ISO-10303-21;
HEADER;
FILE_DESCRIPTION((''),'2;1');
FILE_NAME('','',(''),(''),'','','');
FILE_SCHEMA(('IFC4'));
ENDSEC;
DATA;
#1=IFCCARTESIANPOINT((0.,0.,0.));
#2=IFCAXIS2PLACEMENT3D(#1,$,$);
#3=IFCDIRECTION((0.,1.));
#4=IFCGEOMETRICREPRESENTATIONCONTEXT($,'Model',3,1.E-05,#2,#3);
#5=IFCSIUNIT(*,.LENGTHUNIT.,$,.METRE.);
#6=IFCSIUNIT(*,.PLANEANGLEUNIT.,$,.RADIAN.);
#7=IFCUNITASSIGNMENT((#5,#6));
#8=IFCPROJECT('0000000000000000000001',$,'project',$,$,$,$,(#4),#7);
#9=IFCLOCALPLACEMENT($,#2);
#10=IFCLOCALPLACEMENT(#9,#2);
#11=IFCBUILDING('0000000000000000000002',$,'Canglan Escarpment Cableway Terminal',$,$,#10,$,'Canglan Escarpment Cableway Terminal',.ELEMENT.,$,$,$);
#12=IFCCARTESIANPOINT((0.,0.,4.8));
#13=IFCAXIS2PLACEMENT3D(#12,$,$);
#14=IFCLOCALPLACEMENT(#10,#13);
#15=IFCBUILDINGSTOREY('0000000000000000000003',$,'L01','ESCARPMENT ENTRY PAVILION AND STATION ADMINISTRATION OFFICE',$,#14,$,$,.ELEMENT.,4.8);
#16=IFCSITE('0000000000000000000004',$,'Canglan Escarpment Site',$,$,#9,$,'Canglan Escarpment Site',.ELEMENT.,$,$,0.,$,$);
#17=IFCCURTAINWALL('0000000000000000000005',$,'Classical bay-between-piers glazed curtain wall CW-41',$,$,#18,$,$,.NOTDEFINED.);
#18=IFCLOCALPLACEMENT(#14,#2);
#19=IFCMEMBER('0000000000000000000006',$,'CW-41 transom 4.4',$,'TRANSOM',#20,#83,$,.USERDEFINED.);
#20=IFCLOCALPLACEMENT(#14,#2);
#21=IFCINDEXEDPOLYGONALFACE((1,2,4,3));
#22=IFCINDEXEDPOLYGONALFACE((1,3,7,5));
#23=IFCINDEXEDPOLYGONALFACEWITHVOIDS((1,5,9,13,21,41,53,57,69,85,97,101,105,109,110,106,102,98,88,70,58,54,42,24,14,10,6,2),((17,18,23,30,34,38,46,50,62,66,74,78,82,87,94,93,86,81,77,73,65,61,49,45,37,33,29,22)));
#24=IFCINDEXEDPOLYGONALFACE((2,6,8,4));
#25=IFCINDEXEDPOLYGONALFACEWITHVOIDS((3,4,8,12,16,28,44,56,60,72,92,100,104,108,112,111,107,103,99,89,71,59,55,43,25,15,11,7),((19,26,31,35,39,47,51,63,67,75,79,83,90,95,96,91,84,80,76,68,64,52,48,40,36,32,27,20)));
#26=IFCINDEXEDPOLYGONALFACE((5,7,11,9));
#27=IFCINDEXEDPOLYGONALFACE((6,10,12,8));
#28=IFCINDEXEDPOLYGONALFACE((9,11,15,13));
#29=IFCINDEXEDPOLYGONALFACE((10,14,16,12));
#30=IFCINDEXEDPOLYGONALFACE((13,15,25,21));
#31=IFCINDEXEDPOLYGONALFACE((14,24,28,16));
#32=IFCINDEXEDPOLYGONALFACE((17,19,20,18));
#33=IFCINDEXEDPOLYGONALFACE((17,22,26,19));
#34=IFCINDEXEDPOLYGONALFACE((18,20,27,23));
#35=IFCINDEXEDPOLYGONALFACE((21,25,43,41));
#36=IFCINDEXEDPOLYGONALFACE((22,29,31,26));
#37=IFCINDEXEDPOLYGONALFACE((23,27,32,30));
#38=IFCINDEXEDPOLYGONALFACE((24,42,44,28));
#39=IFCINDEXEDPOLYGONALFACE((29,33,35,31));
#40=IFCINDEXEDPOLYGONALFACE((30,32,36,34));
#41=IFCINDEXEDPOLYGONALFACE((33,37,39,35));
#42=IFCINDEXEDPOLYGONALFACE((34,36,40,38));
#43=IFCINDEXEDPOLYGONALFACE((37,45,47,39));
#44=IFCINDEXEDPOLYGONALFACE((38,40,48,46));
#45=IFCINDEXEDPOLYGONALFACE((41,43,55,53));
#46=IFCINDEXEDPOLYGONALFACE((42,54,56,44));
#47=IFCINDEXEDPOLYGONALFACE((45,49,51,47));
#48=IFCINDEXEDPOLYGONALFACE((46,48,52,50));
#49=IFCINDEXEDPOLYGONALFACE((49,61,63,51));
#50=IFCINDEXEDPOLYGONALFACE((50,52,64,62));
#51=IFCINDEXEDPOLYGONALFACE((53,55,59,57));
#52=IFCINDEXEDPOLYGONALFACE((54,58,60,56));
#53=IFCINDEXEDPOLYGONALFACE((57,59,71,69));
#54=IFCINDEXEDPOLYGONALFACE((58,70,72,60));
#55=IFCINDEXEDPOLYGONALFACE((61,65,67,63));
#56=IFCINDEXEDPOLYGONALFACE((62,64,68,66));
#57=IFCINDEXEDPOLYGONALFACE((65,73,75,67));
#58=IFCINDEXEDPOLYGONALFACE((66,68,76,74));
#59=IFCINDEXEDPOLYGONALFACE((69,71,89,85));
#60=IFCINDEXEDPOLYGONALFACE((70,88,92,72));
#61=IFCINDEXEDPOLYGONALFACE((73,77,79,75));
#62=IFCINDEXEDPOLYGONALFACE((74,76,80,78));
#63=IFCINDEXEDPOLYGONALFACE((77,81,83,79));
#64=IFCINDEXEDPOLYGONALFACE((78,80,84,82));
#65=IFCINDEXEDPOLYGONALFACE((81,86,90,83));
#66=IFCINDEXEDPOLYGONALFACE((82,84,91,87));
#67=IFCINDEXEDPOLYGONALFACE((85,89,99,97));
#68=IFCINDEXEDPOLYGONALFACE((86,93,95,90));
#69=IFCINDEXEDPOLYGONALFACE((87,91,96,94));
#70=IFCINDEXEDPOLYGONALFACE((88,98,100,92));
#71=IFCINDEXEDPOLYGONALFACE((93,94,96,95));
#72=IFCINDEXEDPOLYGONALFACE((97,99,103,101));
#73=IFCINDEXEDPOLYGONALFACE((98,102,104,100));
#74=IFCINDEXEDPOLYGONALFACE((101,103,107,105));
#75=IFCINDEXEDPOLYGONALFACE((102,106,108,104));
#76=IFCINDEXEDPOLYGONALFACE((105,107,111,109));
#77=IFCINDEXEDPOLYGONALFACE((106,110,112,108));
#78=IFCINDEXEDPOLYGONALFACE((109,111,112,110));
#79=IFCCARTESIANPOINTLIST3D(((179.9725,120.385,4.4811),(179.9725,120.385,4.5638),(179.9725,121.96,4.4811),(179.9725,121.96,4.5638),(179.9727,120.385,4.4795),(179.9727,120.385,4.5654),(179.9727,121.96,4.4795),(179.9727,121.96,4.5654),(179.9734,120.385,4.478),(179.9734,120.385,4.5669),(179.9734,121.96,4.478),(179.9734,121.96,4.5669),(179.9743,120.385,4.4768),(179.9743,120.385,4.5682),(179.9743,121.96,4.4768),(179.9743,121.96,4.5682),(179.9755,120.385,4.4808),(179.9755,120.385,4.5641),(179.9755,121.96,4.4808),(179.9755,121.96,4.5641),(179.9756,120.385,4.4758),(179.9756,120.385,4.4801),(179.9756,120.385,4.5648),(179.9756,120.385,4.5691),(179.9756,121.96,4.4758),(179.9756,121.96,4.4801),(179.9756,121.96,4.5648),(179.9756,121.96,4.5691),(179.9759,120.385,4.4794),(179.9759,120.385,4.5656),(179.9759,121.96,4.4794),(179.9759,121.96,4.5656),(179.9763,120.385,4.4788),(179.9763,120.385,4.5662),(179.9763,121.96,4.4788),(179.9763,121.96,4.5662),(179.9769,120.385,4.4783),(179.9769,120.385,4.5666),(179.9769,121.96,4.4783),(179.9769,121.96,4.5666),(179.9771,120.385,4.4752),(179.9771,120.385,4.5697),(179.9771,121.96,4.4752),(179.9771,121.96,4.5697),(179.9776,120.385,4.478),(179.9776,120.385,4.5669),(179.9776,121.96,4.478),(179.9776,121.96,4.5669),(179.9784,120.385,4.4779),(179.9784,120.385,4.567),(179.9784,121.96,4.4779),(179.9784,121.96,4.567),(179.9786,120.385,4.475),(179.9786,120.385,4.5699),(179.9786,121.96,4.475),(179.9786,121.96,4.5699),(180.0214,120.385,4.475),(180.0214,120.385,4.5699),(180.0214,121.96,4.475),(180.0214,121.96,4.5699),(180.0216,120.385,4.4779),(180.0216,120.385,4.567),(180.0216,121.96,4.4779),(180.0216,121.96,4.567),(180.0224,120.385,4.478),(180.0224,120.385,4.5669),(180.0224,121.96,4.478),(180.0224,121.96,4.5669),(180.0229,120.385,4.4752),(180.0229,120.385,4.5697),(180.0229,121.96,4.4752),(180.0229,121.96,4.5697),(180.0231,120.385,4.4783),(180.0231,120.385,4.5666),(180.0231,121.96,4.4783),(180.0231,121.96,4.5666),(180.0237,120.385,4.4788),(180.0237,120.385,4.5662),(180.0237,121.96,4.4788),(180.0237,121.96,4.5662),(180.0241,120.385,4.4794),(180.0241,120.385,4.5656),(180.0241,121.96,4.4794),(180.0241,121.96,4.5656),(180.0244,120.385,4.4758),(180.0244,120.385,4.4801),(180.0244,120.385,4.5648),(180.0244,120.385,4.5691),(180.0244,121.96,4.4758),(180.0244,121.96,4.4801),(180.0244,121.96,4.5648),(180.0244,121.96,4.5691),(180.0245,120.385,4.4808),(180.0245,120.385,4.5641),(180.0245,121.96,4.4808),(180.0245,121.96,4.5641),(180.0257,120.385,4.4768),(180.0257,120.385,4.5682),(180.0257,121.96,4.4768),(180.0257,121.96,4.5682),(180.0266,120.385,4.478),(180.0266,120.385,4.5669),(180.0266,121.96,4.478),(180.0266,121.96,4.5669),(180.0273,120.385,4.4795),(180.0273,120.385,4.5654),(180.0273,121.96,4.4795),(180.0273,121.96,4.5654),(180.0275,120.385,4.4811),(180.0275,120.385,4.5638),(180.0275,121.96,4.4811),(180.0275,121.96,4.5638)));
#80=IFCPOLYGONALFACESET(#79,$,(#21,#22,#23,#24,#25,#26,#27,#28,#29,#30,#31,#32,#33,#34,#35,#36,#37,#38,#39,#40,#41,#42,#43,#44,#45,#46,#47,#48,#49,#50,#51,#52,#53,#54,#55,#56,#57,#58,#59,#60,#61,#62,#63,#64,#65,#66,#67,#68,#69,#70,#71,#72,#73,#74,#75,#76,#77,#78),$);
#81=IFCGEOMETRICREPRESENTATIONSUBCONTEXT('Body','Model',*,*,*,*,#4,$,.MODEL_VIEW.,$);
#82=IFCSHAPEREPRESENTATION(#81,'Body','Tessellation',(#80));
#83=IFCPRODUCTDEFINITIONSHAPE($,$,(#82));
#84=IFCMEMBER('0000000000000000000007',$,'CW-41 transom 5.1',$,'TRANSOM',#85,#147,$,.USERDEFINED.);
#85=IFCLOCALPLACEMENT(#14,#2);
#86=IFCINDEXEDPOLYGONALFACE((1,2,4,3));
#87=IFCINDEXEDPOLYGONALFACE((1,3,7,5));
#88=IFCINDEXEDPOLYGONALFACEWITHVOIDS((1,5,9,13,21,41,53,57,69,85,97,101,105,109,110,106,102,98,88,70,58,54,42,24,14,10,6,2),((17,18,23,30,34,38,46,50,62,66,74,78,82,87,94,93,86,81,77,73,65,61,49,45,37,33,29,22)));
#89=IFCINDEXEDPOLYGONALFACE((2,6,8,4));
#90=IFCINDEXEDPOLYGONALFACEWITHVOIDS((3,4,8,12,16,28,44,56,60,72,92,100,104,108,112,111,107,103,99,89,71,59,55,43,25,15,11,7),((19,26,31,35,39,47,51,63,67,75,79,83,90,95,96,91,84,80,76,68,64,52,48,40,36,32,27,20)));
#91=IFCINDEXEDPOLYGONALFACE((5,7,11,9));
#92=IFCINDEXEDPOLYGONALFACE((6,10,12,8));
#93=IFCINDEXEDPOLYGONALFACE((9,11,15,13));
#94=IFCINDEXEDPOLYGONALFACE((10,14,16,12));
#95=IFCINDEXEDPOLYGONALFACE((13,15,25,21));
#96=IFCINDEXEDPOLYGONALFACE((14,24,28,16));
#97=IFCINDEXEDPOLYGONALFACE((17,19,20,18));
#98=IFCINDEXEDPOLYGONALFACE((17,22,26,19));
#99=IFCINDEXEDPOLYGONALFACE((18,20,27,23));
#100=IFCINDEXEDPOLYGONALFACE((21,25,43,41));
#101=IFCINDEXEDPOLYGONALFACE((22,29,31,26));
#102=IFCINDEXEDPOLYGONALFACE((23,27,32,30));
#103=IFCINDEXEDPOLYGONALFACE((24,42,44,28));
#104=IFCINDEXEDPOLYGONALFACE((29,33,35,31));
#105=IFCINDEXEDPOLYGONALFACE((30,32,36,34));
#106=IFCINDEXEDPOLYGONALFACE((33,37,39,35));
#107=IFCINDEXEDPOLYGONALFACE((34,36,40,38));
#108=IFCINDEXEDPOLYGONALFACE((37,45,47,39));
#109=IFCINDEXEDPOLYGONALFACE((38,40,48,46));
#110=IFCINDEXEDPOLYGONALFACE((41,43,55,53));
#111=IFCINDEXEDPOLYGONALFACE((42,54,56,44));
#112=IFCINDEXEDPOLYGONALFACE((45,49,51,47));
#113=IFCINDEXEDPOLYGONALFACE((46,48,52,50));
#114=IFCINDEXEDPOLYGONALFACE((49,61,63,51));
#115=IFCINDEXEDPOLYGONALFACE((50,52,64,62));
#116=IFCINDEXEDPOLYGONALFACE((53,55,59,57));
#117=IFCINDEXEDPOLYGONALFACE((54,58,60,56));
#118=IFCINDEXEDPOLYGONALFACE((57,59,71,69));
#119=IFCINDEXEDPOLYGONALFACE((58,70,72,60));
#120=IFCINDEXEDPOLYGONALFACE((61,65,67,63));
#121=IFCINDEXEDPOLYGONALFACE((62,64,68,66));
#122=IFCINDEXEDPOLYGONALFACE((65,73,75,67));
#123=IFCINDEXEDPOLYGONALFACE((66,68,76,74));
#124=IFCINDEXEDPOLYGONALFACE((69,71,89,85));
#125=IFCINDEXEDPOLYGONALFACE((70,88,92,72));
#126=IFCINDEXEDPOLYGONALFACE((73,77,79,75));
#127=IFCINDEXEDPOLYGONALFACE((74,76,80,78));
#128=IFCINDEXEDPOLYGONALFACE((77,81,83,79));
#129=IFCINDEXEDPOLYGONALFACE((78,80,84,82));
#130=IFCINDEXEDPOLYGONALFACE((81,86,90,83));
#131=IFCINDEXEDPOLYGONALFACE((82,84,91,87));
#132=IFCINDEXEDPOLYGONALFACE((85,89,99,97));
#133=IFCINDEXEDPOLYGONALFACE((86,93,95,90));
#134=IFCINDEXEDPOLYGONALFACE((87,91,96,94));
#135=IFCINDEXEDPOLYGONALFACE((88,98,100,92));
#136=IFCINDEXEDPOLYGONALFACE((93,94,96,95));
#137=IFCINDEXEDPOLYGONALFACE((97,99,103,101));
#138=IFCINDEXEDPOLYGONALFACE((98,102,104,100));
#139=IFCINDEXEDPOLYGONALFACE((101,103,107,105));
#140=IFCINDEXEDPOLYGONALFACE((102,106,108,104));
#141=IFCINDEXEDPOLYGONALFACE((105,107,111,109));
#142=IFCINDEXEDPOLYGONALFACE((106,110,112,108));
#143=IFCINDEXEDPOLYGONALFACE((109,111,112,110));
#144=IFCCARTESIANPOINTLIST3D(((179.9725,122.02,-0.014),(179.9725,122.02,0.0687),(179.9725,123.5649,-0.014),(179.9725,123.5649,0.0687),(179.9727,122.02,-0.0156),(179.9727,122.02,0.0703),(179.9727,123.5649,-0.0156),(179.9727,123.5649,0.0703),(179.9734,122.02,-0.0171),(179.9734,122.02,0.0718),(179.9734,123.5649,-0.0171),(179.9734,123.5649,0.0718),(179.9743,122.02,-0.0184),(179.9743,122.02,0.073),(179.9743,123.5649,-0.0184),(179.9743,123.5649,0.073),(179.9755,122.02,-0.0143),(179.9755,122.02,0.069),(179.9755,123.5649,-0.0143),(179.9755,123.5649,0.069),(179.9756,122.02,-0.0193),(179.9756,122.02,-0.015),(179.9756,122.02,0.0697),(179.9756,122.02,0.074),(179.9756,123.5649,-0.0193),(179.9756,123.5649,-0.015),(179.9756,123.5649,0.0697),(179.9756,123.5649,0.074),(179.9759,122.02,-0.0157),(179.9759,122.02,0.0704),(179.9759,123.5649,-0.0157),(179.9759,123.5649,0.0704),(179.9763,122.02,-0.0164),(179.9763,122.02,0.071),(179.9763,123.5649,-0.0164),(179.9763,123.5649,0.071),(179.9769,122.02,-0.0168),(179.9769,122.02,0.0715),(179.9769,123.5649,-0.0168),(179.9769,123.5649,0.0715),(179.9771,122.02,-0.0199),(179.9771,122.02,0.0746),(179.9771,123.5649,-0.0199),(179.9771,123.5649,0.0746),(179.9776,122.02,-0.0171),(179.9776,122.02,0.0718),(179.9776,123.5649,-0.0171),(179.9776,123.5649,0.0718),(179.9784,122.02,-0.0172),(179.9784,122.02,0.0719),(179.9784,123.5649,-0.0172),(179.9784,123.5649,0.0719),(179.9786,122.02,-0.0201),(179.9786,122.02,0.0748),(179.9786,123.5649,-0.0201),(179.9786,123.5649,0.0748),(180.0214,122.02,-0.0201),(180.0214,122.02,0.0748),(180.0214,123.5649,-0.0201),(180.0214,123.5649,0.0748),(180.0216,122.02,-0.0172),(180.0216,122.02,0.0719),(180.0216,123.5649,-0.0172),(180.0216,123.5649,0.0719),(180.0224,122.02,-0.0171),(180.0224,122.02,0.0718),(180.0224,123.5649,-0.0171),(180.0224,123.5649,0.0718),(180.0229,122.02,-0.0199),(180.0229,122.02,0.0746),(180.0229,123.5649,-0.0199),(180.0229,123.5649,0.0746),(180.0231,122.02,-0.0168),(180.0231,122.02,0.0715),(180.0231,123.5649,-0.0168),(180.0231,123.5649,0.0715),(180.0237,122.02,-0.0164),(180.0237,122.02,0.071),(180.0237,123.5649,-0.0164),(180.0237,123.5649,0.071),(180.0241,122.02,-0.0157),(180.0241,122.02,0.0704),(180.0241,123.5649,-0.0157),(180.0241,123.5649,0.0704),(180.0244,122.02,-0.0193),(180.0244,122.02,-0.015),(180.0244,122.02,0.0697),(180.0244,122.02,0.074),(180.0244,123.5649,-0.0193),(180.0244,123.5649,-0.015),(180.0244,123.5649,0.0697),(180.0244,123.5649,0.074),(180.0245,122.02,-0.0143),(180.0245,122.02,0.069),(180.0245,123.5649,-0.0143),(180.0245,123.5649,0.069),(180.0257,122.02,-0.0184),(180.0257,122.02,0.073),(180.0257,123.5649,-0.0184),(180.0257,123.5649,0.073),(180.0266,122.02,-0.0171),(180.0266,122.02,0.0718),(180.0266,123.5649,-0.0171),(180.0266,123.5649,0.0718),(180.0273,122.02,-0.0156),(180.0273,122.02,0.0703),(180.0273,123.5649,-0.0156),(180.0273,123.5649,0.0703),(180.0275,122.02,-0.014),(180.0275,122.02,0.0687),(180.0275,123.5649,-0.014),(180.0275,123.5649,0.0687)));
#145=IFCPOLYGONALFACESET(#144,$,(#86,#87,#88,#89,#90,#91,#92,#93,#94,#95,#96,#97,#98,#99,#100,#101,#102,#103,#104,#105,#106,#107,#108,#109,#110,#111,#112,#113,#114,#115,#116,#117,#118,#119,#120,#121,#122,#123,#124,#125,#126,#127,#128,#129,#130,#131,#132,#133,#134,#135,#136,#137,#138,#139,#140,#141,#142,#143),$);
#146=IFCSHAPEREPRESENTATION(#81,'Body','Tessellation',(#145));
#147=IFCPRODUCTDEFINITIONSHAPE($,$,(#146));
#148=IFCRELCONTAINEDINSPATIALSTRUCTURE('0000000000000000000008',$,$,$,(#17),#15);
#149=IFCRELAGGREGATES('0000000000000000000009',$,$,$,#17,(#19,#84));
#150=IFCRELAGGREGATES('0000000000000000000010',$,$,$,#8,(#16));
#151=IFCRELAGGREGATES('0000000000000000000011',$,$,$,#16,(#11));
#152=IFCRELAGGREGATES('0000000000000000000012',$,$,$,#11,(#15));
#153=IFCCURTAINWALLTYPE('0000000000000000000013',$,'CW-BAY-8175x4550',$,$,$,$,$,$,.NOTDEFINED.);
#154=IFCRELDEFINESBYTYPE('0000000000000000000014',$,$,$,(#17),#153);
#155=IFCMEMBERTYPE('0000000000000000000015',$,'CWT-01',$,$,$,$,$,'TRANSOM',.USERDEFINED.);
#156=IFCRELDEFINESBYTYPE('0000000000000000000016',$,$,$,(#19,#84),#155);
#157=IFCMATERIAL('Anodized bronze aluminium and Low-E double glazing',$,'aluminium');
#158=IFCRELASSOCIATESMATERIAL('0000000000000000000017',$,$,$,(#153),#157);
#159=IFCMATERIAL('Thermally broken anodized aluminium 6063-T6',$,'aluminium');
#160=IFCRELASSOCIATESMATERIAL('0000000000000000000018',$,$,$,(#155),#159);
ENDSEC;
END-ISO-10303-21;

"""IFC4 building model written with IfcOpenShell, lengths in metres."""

from ifc_helpers import new_model, si_unit, direction, frame, origin, origin_2d, place, context, subcontext, project, spatial, hollow_rectangle, extrude, material, material_profile, profile_set, type_object, element, aggregate, save


model = new_model("IFC4")

# Units and contexts
model_context = context("Model", 3, precision=1e-05, world=origin(), true_north=direction((0.0, 1.0)))
body_context = subcontext(model_context, "Body", "Model", "MODEL_VIEW")
ifc_project = project(units=[si_unit("LENGTHUNIT", "METRE"), si_unit("PLANEANGLEUNIT", "RADIAN")], contexts=[model_context])

# Site, building, storey
site_placement = place(None, origin())
site = spatial("IfcSite", under=ifc_project, at=site_placement, Name="Canglan Escarpment Site", LongName="Canglan Escarpment Site", CompositionType="ELEMENT", RefElevation=0.0)
building_placement = place(site_placement, origin())
building = spatial("IfcBuilding", under=site, at=building_placement, Name="Canglan Escarpment Cableway Terminal", LongName="Canglan Escarpment Cableway Terminal", CompositionType="ELEMENT")
storey_placement = place(building_placement, frame((0.0, 0.0, 4.8)))
storey = spatial("IfcBuildingStorey", under=building, at=storey_placement, Name="L01", Description="ESCARPMENT ENTRY PAVILION AND STATION ADMINISTRATION OFFICE", CompositionType="ELEMENT", Elevation=4.8)

# Curtain wall, members
ifc_material_1 = material(Name="Anodized bronze aluminium and Low-E double glazing", Category="aluminium")
curtain_wall_type = type_object("IfcCurtainWallType", Name="CW-BAY-8175x4550", PredefinedType="NOTDEFINED", material=ifc_material_1)
curtain_wall_placement = place(storey_placement, origin())
curtain_wall = element("IfcCurtainWall", 1, at=curtain_wall_placement, inside=storey, type_object=curtain_wall_type, Name="Classical bay-between-piers glazed curtain wall CW-41", PredefinedType="NOTDEFINED")
ifc_material_2 = material(Name="Thermally broken anodized aluminium 6063-T6", Category="aluminium")
ifc_material_profile_1 = material_profile(ifc_material_2, hollow_rectangle(XDim=0.0549, YDim=0.095, WallThickness=0.0029, InnerFilletRadius=0.0029, OuterFilletRadius=0.0061, at=origin_2d()), Name="ALU-TRAN 55x95x3")
ifc_profile_set_1 = profile_set([ifc_material_profile_1], Name="Thermally broken anodized aluminium 6063-T6")
member_type_1 = type_object("IfcMemberType", Name="CWT-01", ElementType="TRANSOM", PredefinedType="USERDEFINED", material=ifc_profile_set_1)
member_1_placement = place(storey_placement, frame((180.0, 120.385, 4.5225), z_axis=(0.0, 1.0, 0.0), x_axis=(-1.0, 0.0, 0.0)))
member_1 = element("IfcMember", 2, at=member_1_placement, type_object=member_type_1, Name="CW-41 transom 4.4", ObjectType="TRANSOM", PredefinedType="USERDEFINED", context=body_context, shape_type="SweptSolid", body=[
    extrude(hollow_rectangle(XDim=0.0549, YDim=0.095, WallThickness=0.0029, InnerFilletRadius=0.0029, OuterFilletRadius=0.0061, at=origin_2d()), origin(), (0.0, 0.0, 1.0), 1.575),
])
member_2_placement = place(storey_placement, frame((180.0, 122.02, 0.0273), z_axis=(0.0, 1.0, 0.0), x_axis=(-1.0, 0.0, 0.0)))
member_2 = element("IfcMember", 3, at=member_2_placement, type_object=member_type_1, Name="CW-41 transom 5.1", ObjectType="TRANSOM", PredefinedType="USERDEFINED", context=body_context, shape_type="SweptSolid", body=[
    extrude(hollow_rectangle(XDim=0.0549, YDim=0.095, WallThickness=0.0029, InnerFilletRadius=0.0029, OuterFilletRadius=0.0061, at=origin_2d()), origin(), (0.0, 0.0, 1.0), 1.5449),
])
aggregate(curtain_wall, [member_1, member_2])

save(model, "model.ifc")
